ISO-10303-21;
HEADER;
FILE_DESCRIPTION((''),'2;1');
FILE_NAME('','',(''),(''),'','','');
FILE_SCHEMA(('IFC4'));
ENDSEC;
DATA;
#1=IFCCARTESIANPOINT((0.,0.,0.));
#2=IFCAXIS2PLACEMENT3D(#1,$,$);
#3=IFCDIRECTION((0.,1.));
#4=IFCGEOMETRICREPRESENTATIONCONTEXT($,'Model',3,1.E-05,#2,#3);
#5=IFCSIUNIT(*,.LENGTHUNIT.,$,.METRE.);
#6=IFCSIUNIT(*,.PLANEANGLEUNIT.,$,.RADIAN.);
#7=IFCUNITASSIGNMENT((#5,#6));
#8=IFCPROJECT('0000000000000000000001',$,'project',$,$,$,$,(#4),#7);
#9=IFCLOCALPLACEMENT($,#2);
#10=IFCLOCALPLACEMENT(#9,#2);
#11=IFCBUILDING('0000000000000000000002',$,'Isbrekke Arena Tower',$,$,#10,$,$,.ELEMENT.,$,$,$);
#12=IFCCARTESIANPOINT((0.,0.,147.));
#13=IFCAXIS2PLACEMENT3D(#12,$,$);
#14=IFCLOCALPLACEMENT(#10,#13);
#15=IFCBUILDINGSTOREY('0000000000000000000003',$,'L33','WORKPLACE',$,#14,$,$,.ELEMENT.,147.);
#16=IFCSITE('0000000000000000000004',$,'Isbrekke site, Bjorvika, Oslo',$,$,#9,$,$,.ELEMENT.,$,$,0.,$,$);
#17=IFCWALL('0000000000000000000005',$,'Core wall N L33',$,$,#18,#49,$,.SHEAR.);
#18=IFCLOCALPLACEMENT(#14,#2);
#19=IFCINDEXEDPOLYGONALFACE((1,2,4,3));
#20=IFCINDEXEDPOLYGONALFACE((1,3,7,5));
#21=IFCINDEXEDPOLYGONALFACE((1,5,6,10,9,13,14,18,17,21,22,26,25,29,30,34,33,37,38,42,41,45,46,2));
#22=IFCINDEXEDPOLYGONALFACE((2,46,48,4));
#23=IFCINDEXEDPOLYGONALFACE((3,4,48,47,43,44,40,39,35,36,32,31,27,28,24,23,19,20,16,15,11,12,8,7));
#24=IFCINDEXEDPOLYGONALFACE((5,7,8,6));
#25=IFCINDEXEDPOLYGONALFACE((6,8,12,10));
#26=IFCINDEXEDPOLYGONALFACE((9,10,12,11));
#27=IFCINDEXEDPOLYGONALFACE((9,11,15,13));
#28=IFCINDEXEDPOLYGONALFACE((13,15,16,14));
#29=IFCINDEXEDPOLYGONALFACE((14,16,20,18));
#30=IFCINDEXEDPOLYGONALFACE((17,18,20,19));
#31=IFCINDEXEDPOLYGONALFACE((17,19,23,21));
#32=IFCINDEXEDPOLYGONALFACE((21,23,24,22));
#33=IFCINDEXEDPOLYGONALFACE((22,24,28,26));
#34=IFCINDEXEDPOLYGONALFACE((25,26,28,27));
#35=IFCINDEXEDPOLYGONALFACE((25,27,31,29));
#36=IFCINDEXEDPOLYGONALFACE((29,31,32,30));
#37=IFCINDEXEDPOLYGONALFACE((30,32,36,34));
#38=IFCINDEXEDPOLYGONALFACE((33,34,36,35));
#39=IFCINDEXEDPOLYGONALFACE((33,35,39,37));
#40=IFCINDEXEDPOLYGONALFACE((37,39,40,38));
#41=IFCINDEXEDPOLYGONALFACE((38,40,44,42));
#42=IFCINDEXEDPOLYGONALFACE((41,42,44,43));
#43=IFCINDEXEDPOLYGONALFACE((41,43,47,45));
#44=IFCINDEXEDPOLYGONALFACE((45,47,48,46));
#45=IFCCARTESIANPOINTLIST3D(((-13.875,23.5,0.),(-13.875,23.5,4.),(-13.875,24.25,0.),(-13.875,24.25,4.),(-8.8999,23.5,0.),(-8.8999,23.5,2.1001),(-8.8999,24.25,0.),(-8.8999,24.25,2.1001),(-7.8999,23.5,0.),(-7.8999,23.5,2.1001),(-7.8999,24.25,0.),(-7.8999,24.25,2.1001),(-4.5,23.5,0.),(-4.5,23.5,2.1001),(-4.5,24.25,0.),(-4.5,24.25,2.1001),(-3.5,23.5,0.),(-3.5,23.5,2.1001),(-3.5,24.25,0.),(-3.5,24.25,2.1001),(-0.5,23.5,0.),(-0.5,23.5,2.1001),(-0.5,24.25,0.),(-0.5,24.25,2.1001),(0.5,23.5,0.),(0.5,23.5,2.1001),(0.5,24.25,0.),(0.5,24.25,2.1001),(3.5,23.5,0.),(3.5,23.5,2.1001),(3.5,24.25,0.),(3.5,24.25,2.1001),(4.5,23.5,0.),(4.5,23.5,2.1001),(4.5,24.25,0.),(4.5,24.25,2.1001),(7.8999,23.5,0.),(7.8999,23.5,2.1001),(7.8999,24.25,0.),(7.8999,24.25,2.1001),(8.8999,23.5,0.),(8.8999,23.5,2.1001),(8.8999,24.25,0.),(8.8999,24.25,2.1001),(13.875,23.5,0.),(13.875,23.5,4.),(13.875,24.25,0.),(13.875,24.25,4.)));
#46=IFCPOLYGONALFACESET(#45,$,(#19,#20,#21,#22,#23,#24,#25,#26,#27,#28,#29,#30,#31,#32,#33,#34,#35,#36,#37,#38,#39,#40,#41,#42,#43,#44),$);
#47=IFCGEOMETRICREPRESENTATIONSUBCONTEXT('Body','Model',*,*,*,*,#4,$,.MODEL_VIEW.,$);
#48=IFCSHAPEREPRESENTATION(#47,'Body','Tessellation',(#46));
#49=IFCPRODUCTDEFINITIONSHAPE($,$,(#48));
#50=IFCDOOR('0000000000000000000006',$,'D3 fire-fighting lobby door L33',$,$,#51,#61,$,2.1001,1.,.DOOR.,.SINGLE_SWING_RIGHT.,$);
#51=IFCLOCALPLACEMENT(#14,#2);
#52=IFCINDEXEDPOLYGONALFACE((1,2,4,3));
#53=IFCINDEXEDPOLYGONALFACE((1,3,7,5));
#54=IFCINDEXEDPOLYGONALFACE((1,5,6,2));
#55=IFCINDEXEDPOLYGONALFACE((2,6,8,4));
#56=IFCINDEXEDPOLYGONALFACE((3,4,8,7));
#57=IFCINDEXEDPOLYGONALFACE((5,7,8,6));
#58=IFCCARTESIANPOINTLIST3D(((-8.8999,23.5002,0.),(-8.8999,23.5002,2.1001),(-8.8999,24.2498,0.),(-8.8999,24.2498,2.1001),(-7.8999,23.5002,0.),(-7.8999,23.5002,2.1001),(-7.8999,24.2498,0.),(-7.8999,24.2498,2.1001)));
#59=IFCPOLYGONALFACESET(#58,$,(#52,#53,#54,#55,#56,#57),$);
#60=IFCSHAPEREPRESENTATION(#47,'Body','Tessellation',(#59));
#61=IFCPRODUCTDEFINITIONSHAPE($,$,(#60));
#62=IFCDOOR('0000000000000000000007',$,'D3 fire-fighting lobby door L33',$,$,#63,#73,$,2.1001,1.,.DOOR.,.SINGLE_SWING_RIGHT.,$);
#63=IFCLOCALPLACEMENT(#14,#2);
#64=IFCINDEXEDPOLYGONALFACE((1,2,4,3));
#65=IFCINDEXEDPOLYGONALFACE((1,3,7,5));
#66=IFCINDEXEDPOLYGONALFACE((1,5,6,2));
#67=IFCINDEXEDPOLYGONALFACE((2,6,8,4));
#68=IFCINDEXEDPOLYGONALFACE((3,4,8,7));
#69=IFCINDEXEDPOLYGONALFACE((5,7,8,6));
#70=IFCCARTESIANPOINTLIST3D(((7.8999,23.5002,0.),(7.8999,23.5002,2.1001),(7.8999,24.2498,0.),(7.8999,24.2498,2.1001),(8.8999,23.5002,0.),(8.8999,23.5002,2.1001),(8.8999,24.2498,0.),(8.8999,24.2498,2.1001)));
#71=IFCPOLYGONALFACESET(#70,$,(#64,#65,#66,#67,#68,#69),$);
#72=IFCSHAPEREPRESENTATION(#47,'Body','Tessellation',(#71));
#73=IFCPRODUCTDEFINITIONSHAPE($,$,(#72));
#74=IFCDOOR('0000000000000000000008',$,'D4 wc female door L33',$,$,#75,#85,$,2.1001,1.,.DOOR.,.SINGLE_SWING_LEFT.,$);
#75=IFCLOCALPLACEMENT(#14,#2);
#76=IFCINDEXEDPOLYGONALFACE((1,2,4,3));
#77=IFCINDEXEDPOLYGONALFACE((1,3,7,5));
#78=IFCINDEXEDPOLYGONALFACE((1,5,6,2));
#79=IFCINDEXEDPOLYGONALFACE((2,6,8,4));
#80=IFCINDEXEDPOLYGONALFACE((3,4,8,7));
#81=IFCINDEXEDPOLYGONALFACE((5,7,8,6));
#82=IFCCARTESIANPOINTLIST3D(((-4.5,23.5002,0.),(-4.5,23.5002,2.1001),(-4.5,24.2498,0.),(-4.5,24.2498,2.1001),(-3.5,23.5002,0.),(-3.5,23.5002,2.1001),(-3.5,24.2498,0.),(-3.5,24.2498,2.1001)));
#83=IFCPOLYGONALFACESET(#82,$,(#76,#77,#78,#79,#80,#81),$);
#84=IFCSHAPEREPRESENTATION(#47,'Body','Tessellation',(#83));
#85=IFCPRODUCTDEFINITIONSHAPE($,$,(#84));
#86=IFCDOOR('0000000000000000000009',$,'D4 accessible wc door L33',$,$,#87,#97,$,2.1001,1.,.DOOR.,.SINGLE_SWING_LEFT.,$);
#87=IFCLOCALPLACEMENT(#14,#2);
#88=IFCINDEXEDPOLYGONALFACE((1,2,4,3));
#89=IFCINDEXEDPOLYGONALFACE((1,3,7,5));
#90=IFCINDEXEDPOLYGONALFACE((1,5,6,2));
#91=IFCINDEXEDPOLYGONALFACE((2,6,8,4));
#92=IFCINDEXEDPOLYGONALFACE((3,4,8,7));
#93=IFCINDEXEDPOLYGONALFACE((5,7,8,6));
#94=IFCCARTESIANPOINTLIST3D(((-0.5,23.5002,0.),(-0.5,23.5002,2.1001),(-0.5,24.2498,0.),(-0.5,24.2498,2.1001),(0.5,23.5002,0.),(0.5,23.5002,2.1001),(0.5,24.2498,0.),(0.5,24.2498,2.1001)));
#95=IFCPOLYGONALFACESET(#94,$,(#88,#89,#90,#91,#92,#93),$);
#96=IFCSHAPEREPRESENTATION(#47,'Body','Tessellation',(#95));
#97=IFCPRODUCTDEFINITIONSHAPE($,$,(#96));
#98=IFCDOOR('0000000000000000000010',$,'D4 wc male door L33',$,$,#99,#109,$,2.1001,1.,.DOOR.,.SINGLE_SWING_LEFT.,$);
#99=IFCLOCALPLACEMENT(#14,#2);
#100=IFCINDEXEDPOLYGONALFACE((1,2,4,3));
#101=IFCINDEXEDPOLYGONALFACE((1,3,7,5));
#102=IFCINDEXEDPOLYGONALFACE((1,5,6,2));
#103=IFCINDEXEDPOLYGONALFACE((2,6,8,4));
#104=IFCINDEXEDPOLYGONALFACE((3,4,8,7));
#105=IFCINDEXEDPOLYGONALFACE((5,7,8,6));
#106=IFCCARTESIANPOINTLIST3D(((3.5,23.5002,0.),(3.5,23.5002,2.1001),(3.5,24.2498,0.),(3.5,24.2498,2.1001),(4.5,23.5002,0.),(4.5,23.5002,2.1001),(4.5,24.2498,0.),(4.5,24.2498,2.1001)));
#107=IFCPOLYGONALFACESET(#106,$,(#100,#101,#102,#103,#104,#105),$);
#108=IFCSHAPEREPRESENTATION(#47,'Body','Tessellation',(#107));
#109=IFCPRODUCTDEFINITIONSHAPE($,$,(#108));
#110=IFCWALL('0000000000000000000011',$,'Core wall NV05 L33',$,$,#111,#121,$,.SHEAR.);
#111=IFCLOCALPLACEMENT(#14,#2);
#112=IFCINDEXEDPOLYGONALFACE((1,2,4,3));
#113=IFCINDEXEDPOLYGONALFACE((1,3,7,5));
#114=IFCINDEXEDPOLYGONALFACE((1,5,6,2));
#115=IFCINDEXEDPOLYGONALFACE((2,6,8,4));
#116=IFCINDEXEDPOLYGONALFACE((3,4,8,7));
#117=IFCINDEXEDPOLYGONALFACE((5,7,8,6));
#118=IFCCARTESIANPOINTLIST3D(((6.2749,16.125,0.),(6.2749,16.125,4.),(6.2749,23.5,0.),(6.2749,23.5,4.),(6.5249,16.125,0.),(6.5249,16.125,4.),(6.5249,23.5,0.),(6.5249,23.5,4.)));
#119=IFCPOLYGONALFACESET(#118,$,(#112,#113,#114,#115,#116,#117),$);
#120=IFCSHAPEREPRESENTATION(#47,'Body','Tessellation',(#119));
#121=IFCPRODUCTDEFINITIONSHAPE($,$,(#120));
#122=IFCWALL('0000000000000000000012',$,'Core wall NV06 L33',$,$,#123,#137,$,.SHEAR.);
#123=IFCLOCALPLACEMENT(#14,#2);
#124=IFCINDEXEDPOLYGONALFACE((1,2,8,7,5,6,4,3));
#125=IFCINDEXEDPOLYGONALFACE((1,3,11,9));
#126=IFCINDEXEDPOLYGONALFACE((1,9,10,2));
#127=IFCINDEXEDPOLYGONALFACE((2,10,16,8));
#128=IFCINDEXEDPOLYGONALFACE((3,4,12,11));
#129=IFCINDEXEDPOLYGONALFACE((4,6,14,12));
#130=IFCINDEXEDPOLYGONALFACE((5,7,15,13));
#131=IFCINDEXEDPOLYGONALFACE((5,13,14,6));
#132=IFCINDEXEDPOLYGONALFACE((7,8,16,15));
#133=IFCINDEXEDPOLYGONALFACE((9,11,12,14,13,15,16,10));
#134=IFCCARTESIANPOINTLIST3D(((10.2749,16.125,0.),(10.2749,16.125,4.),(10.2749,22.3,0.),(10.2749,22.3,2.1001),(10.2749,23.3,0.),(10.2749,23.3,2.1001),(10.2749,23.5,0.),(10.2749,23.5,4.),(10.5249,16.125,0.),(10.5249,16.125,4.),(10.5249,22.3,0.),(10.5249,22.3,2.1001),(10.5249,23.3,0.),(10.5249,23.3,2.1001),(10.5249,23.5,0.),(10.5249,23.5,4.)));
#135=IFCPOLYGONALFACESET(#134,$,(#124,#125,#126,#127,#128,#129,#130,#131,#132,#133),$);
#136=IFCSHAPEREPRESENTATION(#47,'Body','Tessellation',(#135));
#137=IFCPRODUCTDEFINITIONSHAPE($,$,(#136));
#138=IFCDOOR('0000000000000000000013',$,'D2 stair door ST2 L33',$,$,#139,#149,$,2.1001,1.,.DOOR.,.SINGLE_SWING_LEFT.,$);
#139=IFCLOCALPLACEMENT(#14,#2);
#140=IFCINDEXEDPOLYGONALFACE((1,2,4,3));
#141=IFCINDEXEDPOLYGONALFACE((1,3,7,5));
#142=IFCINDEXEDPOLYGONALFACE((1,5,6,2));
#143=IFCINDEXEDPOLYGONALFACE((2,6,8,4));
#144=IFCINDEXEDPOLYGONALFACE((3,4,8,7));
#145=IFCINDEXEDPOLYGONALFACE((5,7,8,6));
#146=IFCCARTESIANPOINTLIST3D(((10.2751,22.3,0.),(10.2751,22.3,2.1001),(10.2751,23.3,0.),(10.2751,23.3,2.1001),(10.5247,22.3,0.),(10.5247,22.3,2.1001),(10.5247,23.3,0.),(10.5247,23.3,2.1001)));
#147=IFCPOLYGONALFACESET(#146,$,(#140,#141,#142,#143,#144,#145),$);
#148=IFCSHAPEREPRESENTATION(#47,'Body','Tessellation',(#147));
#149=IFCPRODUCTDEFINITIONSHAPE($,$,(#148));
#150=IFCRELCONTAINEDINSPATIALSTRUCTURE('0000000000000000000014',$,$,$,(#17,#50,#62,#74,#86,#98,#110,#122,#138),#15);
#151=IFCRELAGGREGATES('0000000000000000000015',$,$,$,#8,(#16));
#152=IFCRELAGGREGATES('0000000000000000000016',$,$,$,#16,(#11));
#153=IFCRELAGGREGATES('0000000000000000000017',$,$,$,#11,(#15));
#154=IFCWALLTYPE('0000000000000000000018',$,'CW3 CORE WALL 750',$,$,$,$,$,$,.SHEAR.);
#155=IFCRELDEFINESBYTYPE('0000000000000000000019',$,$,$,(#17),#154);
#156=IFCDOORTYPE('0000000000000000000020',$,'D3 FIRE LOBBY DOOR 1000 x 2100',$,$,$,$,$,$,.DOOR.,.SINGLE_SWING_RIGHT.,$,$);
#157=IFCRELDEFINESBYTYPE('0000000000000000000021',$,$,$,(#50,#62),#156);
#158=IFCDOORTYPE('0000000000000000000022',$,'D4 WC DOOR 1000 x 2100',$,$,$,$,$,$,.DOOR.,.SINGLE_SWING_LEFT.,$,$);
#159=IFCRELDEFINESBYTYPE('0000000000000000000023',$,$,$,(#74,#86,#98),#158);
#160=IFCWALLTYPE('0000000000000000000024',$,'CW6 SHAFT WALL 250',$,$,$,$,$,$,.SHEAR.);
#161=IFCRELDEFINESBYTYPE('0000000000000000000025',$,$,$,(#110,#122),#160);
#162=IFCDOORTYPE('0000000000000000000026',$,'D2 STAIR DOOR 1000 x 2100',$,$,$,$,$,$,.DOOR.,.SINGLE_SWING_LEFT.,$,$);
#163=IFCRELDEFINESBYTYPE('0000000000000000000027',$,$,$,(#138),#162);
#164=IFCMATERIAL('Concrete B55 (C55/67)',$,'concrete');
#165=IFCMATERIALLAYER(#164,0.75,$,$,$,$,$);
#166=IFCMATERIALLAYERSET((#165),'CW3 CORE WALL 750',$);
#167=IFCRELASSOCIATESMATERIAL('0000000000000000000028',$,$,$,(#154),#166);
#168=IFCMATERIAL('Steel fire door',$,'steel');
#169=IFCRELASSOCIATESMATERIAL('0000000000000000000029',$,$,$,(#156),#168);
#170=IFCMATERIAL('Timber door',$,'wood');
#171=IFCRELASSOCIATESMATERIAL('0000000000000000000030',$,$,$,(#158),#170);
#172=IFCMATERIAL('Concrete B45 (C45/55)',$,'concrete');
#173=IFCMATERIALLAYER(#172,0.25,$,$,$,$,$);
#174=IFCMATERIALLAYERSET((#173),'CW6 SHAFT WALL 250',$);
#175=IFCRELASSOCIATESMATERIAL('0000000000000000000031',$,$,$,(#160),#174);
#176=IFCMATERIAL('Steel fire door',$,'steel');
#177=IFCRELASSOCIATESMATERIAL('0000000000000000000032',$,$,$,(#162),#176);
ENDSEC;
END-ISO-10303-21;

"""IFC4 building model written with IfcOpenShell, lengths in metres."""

from ifc_helpers import new_model, si_unit, direction, frame, frame_2d, origin, place, context, subcontext, project, spatial, rectangle, extrude, material, layer, layer_set, type_object, element, fill, save


model = new_model("IFC4")

# Units and contexts
model_context = context("Model", 3, precision=1e-05, world=origin(), true_north=direction((0.0, 1.0)))
body_context = subcontext(model_context, "Body", "Model", "MODEL_VIEW")
ifc_project = project(units=[si_unit("LENGTHUNIT", "METRE"), si_unit("PLANEANGLEUNIT", "RADIAN")], contexts=[model_context])

# Site, building, storey
site_placement = place(None, origin())
site = spatial("IfcSite", under=ifc_project, at=site_placement, Name="Isbrekke site, Bjorvika, Oslo", CompositionType="ELEMENT", RefElevation=0.0)
building_placement = place(site_placement, origin())
building = spatial("IfcBuilding", under=site, at=building_placement, Name="Isbrekke Arena Tower", CompositionType="ELEMENT")
storey_placement = place(building_placement, frame((0.0, 0.0, 147.0)))
storey = spatial("IfcBuildingStorey", under=building, at=storey_placement, Name="L33", Description="WORKPLACE", CompositionType="ELEMENT", Elevation=147.0)

# Wall, openings, doors
ifc_material_1 = material(Name="Concrete B55 (C55/67)", Category="concrete")
ifc_layer_1 = layer(ifc_material_1, 0.75)
ifc_layer_set_1 = layer_set([ifc_layer_1], Name="CW3 CORE WALL 750")
wall_type_1 = type_object("IfcWallType", Name="CW3 CORE WALL 750", PredefinedType="SHEAR", material=ifc_layer_set_1)
wall_1_placement = place(storey_placement, frame((13.875, 23.875, 0.0), z_axis=(0.0, 0.0, 1.0), x_axis=(-1.0, 0.0, 0.0)))
wall_1 = element("IfcWall", 1, at=wall_1_placement, inside=storey, type_object=wall_type_1, Name="Core wall N L33", PredefinedType="SHEAR", context=body_context, shape_type="SweptSolid", body=[
    extrude(rectangle(XDim=27.75, YDim=0.75, at=frame_2d((13.875, 0.0))), origin(), (0.0, 0.0, 1.0), 4.0),
])
opening_1_placement = place(wall_1_placement, frame((21.7749, 0.0, 0.0)))
opening_1 = element("IfcOpeningElement", 2, at=opening_1_placement, cuts=wall_1, PredefinedType="OPENING", context=body_context, shape_type="SweptSolid", body=[
    extrude(rectangle(XDim=1.0, YDim=2.1001, at=frame_2d((0.5, 1.05))), frame((0.0, 0.3899, 0.0), z_axis=(0.0, -1.0, 0.0), x_axis=(1.0, 0.0, 0.0)), (0.0, 0.0, 1.0), 0.7798),
])
opening_2_placement = place(wall_1_placement, frame((4.9751, 0.0, 0.0)))
opening_2 = element("IfcOpeningElement", 3, at=opening_2_placement, cuts=wall_1, PredefinedType="OPENING", context=body_context, shape_type="SweptSolid", body=[
    extrude(rectangle(XDim=1.0, YDim=2.1001, at=frame_2d((0.5, 1.05))), frame((0.0, 0.3899, 0.0), z_axis=(0.0, -1.0, 0.0), x_axis=(1.0, 0.0, 0.0)), (0.0, 0.0, 1.0), 0.7798),
])
opening_3_placement = place(wall_1_placement, frame((17.375, 0.0, 0.0)))
opening_3 = element("IfcOpeningElement", 4, at=opening_3_placement, cuts=wall_1, PredefinedType="OPENING", context=body_context, shape_type="SweptSolid", body=[
    extrude(rectangle(XDim=1.0, YDim=2.1001, at=frame_2d((0.5, 1.05))), frame((0.0, 0.3899, 0.0), z_axis=(0.0, -1.0, 0.0), x_axis=(1.0, 0.0, 0.0)), (0.0, 0.0, 1.0), 0.7798),
])
opening_4_placement = place(wall_1_placement, frame((13.375, 0.0, 0.0)))
opening_4 = element("IfcOpeningElement", 5, at=opening_4_placement, cuts=wall_1, PredefinedType="OPENING", context=body_context, shape_type="SweptSolid", body=[
    extrude(rectangle(XDim=1.0, YDim=2.1001, at=frame_2d((0.5, 1.05))), frame((0.0, 0.3899, 0.0), z_axis=(0.0, -1.0, 0.0), x_axis=(1.0, 0.0, 0.0)), (0.0, 0.0, 1.0), 0.7798),
])
opening_5_placement = place(wall_1_placement, frame((9.375, 0.0, 0.0)))
opening_5 = element("IfcOpeningElement", 6, at=opening_5_placement, cuts=wall_1, PredefinedType="OPENING", context=body_context, shape_type="SweptSolid", body=[
    extrude(rectangle(XDim=1.0, YDim=2.1001, at=frame_2d((0.5, 1.05))), frame((0.0, 0.3899, 0.0), z_axis=(0.0, -1.0, 0.0), x_axis=(1.0, 0.0, 0.0)), (0.0, 0.0, 1.0), 0.7798),
])
ifc_material_2 = material(Name="Steel fire door", Category="steel")
door_type_1 = type_object("IfcDoorType", Name="D3 FIRE LOBBY DOOR 1000 x 2100", OperationType="SINGLE_SWING_RIGHT", PredefinedType="DOOR", material=ifc_material_2)
door_1_placement = place(opening_1_placement, origin())
door_1 = element("IfcDoor", 7, at=door_1_placement, inside=storey, type_object=door_type_1, Name="D3 fire-fighting lobby door L33", OperationType="SINGLE_SWING_RIGHT", OverallHeight=2.1001, OverallWidth=1.0, PredefinedType="DOOR", context=body_context, shape_type="SweptSolid", body=[
    extrude(rectangle(XDim=1.0, YDim=2.1001, at=frame_2d((0.5, 1.05))), frame((0.0, 0.3748, 0.0), z_axis=(0.0, -1.0, 0.0), x_axis=(1.0, 0.0, 0.0)), (0.0, 0.0, 1.0), 0.7495),
])
fill(opening_1, door_1)
door_2_placement = place(opening_2_placement, origin())
door_2 = element("IfcDoor", 8, at=door_2_placement, inside=storey, type_object=door_type_1, Name="D3 fire-fighting lobby door L33", OperationType="SINGLE_SWING_RIGHT", OverallHeight=2.1001, OverallWidth=1.0, PredefinedType="DOOR", context=body_context, shape_type="SweptSolid", body=[
    extrude(rectangle(XDim=1.0, YDim=2.1001, at=frame_2d((0.5, 1.05))), frame((0.0, 0.3748, 0.0), z_axis=(0.0, -1.0, 0.0), x_axis=(1.0, 0.0, 0.0)), (0.0, 0.0, 1.0), 0.7495),
])
fill(opening_2, door_2)
ifc_material_3 = material(Name="Timber door", Category="wood")
door_type_2 = type_object("IfcDoorType", Name="D4 WC DOOR 1000 x 2100", OperationType="SINGLE_SWING_LEFT", PredefinedType="DOOR", material=ifc_material_3)
door_3_placement = place(opening_3_placement, origin())
door_3 = element("IfcDoor", 9, at=door_3_placement, inside=storey, type_object=door_type_2, Name="D4 wc female door L33", OperationType="SINGLE_SWING_LEFT", OverallHeight=2.1001, OverallWidth=1.0, PredefinedType="DOOR", context=body_context, shape_type="SweptSolid", body=[
    extrude(rectangle(XDim=1.0, YDim=2.1001, at=frame_2d((0.5, 1.05))), frame((0.0, 0.3748, 0.0), z_axis=(0.0, -1.0, 0.0), x_axis=(1.0, 0.0, 0.0)), (0.0, 0.0, 1.0), 0.7495),
])
fill(opening_3, door_3)
door_4_placement = place(opening_4_placement, origin())
door_4 = element("IfcDoor", 10, at=door_4_placement, inside=storey, type_object=door_type_2, Name="D4 accessible wc door L33", OperationType="SINGLE_SWING_LEFT", OverallHeight=2.1001, OverallWidth=1.0, PredefinedType="DOOR", context=body_context, shape_type="SweptSolid", body=[
    extrude(rectangle(XDim=1.0, YDim=2.1001, at=frame_2d((0.5, 1.05))), frame((0.0, 0.3748, 0.0), z_axis=(0.0, -1.0, 0.0), x_axis=(1.0, 0.0, 0.0)), (0.0, 0.0, 1.0), 0.7495),
])
fill(opening_4, door_4)
door_5_placement = place(opening_5_placement, origin())
door_5 = element("IfcDoor", 11, at=door_5_placement, inside=storey, type_object=door_type_2, Name="D4 wc male door L33", OperationType="SINGLE_SWING_LEFT", OverallHeight=2.1001, OverallWidth=1.0, PredefinedType="DOOR", context=body_context, shape_type="SweptSolid", body=[
    extrude(rectangle(XDim=1.0, YDim=2.1001, at=frame_2d((0.5, 1.05))), frame((0.0, 0.3748, 0.0), z_axis=(0.0, -1.0, 0.0), x_axis=(1.0, 0.0, 0.0)), (0.0, 0.0, 1.0), 0.7495),
])
fill(opening_5, door_5)

# Wall
ifc_material_4 = material(Name="Concrete B45 (C45/55)", Category="concrete")
ifc_layer_2 = layer(ifc_material_4, 0.25)
ifc_layer_set_2 = layer_set([ifc_layer_2], Name="CW6 SHAFT WALL 250")
wall_type_2 = type_object("IfcWallType", Name="CW6 SHAFT WALL 250", PredefinedType="SHEAR", material=ifc_layer_set_2)
wall_2_placement = place(storey_placement, frame((6.3999, 16.125, 0.0), z_axis=(0.0, 0.0, 1.0), x_axis=(0.0, 1.0, 0.0)))
element("IfcWall", 12, at=wall_2_placement, inside=storey, type_object=wall_type_2, Name="Core wall NV05 L33", PredefinedType="SHEAR", context=body_context, shape_type="SweptSolid", body=[
    extrude(rectangle(XDim=7.375, YDim=0.25, at=frame_2d((3.6875, 0.0))), origin(), (0.0, 0.0, 1.0), 4.0),
])

# Wall, opening, door
wall_3_placement = place(storey_placement, frame((10.3999, 16.125, 0.0), z_axis=(0.0, 0.0, 1.0), x_axis=(0.0, 1.0, 0.0)))
wall_3 = element("IfcWall", 13, at=wall_3_placement, inside=storey, type_object=wall_type_2, Name="Core wall NV06 L33", PredefinedType="SHEAR", context=body_context, shape_type="SweptSolid", body=[
    extrude(rectangle(XDim=7.375, YDim=0.25, at=frame_2d((3.6875, 0.0))), origin(), (0.0, 0.0, 1.0), 4.0),
])
opening_6_placement = place(wall_3_placement, frame((6.175, 0.0, 0.0)))
opening_6 = element("IfcOpeningElement", 14, at=opening_6_placement, cuts=wall_3, PredefinedType="OPENING", context=body_context, shape_type="SweptSolid", body=[
    extrude(rectangle(XDim=1.0, YDim=2.1001, at=frame_2d((0.5, 1.05))), frame((0.0, 0.1399, 0.0), z_axis=(0.0, -1.0, 0.0), x_axis=(1.0, 0.0, 0.0)), (0.0, 0.0, 1.0), 0.2798),
])
ifc_material_5 = material(Name="Steel fire door", Category="steel")
door_type_3 = type_object("IfcDoorType", Name="D2 STAIR DOOR 1000 x 2100", OperationType="SINGLE_SWING_LEFT", PredefinedType="DOOR", material=ifc_material_5)
door_6_placement = place(opening_6_placement, origin())
door_6 = element("IfcDoor", 15, at=door_6_placement, inside=storey, type_object=door_type_3, Name="D2 stair door ST2 L33", OperationType="SINGLE_SWING_LEFT", OverallHeight=2.1001, OverallWidth=1.0, PredefinedType="DOOR", context=body_context, shape_type="SweptSolid", body=[
    extrude(rectangle(XDim=1.0, YDim=2.1001, at=frame_2d((0.5, 1.05))), frame((0.0, 0.1248, 0.0), z_axis=(0.0, -1.0, 0.0), x_axis=(1.0, 0.0, 0.0)), (0.0, 0.0, 1.0), 0.2495),
])
fill(opening_6, door_6)

save(model, "model.ifc")
